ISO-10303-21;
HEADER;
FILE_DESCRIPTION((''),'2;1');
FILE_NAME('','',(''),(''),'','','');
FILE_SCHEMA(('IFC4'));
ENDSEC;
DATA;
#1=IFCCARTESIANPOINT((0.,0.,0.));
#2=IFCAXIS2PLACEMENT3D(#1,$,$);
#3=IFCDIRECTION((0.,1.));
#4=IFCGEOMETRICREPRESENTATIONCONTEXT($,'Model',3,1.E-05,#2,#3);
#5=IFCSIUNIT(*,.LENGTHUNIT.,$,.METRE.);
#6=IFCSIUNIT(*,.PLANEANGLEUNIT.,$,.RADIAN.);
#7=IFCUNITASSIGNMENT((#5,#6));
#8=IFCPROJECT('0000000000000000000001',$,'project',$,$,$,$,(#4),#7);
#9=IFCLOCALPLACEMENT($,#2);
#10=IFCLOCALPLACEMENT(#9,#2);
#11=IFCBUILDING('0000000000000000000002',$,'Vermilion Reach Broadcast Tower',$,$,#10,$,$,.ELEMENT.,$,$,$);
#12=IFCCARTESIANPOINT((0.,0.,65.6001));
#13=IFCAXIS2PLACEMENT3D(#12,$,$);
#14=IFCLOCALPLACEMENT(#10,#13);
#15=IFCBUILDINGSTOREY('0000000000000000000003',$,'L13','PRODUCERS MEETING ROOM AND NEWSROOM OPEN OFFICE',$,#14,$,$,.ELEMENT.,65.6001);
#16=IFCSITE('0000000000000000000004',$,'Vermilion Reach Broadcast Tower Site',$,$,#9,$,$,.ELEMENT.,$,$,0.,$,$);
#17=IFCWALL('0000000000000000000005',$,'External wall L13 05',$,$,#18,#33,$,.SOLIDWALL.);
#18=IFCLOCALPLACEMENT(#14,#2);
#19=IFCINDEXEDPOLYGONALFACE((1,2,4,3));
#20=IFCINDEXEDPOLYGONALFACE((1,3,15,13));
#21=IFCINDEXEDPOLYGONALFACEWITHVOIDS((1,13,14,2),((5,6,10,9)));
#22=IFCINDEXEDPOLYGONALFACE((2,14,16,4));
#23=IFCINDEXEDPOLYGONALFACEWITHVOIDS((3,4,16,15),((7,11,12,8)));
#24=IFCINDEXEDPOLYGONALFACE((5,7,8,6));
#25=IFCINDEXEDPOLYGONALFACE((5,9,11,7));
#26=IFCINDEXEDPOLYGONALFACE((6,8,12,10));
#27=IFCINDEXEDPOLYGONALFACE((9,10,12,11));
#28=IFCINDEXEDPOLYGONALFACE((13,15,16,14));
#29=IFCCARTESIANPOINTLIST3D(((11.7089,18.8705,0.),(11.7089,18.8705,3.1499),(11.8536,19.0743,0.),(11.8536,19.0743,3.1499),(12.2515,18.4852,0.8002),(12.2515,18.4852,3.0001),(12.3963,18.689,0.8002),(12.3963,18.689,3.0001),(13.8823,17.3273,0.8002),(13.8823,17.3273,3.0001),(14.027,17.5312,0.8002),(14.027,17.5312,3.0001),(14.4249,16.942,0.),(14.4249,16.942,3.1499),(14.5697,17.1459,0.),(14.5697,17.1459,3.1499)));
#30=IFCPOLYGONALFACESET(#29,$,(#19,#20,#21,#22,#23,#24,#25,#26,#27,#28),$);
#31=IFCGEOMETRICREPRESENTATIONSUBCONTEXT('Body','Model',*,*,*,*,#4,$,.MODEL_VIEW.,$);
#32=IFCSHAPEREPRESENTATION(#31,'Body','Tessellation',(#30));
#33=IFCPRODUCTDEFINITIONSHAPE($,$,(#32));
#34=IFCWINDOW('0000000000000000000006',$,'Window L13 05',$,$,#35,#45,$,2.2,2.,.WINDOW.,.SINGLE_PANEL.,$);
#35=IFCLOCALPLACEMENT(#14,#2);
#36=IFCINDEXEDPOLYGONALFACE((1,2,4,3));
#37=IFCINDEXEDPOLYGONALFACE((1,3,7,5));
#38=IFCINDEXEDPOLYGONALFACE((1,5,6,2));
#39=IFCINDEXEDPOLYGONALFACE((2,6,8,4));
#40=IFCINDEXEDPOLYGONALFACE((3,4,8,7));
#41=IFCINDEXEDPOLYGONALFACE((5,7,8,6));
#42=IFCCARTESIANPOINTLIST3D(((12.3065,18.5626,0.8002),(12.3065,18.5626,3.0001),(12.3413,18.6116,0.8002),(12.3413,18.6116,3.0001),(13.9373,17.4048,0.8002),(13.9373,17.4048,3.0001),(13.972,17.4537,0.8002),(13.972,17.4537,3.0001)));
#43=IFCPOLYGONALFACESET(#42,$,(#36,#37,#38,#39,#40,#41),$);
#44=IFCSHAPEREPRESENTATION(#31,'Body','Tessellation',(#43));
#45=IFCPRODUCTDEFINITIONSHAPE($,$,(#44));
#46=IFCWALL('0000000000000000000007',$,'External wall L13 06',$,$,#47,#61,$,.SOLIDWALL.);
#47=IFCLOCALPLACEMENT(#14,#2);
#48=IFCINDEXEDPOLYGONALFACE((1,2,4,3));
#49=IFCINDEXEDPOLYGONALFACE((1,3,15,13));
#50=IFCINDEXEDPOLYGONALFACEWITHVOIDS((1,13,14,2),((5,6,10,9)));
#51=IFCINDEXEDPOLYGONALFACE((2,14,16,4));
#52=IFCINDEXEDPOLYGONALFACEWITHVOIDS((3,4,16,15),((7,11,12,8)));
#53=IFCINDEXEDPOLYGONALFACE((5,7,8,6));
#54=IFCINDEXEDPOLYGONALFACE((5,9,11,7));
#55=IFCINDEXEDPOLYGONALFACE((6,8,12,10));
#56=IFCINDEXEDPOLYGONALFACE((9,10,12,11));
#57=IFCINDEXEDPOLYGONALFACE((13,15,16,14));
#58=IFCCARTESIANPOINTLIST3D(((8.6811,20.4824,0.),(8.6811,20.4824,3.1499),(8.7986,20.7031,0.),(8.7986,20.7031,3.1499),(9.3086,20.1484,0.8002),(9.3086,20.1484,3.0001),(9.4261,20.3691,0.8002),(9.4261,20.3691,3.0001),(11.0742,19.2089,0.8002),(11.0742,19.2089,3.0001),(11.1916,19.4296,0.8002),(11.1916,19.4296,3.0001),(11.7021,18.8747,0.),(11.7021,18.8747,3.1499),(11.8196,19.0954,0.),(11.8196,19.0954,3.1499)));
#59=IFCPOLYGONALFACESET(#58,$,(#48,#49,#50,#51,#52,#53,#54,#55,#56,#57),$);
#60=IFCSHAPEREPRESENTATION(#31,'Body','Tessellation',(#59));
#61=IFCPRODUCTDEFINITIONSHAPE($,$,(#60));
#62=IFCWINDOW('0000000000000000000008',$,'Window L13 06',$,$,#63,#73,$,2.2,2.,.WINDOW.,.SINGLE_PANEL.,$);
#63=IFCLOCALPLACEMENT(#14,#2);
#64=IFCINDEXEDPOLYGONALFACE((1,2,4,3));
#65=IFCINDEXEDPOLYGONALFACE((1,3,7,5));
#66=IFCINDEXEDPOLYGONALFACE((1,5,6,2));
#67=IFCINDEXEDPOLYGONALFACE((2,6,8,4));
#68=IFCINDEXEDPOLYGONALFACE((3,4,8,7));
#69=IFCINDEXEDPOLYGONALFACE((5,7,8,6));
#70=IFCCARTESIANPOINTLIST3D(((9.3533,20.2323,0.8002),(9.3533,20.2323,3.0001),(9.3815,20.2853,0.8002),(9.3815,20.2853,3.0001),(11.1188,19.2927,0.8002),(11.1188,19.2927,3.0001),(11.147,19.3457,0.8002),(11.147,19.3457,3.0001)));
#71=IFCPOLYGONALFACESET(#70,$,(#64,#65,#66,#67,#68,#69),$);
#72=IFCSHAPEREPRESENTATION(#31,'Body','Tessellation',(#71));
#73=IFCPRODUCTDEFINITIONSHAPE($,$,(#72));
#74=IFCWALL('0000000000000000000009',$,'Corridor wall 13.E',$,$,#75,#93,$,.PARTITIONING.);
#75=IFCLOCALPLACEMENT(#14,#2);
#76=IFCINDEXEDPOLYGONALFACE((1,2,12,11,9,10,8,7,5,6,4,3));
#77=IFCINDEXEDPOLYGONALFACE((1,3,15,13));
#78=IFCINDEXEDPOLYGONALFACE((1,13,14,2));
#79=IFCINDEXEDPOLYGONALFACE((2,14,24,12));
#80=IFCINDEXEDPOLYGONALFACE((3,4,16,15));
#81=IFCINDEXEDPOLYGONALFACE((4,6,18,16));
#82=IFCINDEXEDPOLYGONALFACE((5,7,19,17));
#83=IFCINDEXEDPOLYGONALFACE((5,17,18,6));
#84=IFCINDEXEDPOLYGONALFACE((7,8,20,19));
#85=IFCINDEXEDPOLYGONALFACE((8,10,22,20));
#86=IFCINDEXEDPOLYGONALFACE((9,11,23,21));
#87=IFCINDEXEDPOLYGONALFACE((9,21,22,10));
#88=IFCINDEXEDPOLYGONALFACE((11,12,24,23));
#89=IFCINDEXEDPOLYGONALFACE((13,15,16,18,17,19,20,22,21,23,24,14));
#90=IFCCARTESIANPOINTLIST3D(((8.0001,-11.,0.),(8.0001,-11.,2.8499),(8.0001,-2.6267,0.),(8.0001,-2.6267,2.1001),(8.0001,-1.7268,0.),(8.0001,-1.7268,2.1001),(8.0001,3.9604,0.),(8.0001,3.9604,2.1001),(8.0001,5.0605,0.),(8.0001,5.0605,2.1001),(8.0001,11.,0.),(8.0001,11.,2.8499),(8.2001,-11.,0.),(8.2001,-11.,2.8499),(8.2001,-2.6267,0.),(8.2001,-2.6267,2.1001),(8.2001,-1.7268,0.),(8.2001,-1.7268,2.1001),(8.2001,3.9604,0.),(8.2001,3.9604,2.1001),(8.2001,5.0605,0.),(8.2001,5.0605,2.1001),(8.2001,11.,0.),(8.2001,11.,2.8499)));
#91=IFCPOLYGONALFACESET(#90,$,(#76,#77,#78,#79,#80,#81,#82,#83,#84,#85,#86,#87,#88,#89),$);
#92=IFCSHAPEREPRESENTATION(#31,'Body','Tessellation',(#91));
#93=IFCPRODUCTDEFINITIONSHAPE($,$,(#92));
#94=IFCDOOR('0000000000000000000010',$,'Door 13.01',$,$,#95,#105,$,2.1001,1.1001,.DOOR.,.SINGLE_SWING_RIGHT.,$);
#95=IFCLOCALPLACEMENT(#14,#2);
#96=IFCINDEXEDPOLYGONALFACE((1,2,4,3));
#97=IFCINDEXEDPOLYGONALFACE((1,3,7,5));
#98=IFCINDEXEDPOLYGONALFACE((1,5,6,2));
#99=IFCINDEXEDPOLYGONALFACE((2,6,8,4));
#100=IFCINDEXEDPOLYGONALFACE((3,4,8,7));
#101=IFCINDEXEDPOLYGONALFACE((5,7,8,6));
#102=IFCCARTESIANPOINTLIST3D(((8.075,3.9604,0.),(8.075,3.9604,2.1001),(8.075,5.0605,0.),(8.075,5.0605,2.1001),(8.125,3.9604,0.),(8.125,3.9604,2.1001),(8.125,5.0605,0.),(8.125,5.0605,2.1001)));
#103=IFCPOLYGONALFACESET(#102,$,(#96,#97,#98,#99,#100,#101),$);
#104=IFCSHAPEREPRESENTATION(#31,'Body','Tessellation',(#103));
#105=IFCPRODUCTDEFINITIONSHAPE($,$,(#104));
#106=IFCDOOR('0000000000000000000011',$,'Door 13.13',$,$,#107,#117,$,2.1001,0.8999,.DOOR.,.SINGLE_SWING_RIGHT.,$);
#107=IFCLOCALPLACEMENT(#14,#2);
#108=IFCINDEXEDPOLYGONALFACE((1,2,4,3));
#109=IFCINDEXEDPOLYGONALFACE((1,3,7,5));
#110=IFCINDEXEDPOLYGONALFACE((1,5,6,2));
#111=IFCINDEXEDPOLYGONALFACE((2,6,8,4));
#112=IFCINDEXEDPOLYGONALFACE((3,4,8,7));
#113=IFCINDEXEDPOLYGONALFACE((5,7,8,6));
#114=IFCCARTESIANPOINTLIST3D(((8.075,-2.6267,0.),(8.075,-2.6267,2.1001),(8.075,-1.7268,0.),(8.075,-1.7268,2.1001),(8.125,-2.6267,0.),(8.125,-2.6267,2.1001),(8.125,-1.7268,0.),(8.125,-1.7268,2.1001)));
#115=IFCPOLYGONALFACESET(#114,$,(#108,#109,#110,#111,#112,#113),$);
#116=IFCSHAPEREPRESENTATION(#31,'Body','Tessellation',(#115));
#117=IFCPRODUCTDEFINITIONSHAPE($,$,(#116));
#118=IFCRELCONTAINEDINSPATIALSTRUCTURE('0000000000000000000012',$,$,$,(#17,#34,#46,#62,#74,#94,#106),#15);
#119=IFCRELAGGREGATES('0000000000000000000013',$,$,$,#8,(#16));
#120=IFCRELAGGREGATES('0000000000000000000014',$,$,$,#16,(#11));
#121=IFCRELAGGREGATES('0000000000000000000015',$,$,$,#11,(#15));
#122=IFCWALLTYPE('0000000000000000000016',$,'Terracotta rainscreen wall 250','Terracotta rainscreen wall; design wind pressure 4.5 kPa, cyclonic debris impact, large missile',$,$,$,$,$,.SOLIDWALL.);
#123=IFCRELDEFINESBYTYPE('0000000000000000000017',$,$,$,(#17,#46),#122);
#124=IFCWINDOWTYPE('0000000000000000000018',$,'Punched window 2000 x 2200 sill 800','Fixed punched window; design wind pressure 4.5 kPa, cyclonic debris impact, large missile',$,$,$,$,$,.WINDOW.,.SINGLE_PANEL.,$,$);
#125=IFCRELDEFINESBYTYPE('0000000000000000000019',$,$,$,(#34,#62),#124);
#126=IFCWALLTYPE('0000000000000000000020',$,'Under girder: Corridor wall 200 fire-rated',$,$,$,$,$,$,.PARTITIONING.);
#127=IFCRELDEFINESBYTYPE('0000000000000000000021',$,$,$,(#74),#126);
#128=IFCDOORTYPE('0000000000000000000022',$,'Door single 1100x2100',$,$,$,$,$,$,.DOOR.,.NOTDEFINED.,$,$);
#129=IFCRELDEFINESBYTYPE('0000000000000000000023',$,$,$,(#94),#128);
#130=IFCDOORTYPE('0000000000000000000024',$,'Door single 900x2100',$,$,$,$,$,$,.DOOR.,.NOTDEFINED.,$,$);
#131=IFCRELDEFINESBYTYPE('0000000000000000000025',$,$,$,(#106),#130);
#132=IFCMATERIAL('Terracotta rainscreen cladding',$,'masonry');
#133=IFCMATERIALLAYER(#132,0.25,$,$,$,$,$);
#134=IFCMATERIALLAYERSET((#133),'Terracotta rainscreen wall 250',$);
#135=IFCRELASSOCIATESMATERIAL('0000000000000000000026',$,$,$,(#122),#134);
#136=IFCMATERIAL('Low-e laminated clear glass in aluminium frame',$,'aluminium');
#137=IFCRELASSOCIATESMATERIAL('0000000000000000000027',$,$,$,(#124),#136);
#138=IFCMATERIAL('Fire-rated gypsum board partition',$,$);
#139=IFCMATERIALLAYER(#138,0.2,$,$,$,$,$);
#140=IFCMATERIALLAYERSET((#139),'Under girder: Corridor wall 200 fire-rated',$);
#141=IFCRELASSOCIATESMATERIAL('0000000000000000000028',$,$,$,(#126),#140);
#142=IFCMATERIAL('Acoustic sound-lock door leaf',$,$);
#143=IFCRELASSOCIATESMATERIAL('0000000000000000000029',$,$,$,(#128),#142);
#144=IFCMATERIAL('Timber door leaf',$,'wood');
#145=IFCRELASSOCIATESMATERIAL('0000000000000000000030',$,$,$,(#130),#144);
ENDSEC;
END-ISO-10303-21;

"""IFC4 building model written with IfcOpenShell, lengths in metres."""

from ifc_helpers import new_model, si_unit, direction, frame, frame_2d, origin, place, context, subcontext, project, spatial, rectangle, extrude, material, layer, layer_set, type_object, element, fill, save


model = new_model("IFC4")

# Units and contexts
model_context = context("Model", 3, precision=1e-05, world=origin(), true_north=direction((0.0, 1.0)))
body_context = subcontext(model_context, "Body", "Model", "MODEL_VIEW")
ifc_project = project(units=[si_unit("LENGTHUNIT", "METRE"), si_unit("PLANEANGLEUNIT", "RADIAN")], contexts=[model_context])

# Site, building, storey
site_placement = place(None, origin())
site = spatial("IfcSite", under=ifc_project, at=site_placement, Name="Vermilion Reach Broadcast Tower Site", CompositionType="ELEMENT", RefElevation=0.0)
building_placement = place(site_placement, origin())
building = spatial("IfcBuilding", under=site, at=building_placement, Name="Vermilion Reach Broadcast Tower", CompositionType="ELEMENT")
storey_placement = place(building_placement, frame((0.0, 0.0, 65.6001)))
storey = spatial("IfcBuildingStorey", under=building, at=storey_placement, Name="L13", Description="PRODUCERS MEETING ROOM AND NEWSROOM OPEN OFFICE", CompositionType="ELEMENT", Elevation=65.6001)

# Shared definitions
ifc_material_1 = material(Name="Terracotta rainscreen cladding", Category="masonry")
ifc_layer_1 = layer(ifc_material_1, 0.25)
ifc_layer_set_1 = layer_set([ifc_layer_1], Name="Terracotta rainscreen wall 250")
wall_type_1 = type_object("IfcWallType", Name="Terracotta rainscreen wall 250", Description="Terracotta rainscreen wall; design wind pressure 4.5 kPa, cyclonic debris impact, large missile", PredefinedType="SOLIDWALL", material=ifc_layer_set_1)

# Walls, openings, windows
ifc_material_2 = material(Name="Low-e laminated clear glass in aluminium frame", Category="aluminium")
window_type = type_object("IfcWindowType", Name="Punched window 2000 x 2200 sill 800", Description="Fixed punched window; design wind pressure 4.5 kPa, cyclonic debris impact, large missile", PartitioningType="SINGLE_PANEL", PredefinedType="WINDOW", material=ifc_material_2)
wall_1_placement = place(storey_placement, frame((14.4973, 17.0439, 0.0), z_axis=(0.0, 0.0, 1.0), x_axis=(-0.815374, 0.578934, 0.0)))
wall_1 = element("IfcWall", 1, at=wall_1_placement, inside=storey, type_object=wall_type_1, Name="External wall L13 05", PredefinedType="SOLIDWALL", context=body_context, shape_type="SweptSolid", body=[
    extrude(rectangle(XDim=3.3311, YDim=0.25, at=frame_2d((1.6655, 0.0))), origin(), (0.0, 0.0, 1.0), 3.1499),
])
opening_1_placement = place(wall_1_placement, frame((0.6655, 0.0, 0.8)))
opening_1 = element("IfcOpeningElement", 2, at=opening_1_placement, cuts=wall_1, PredefinedType="OPENING", context=body_context, shape_type="SweptSolid", body=[
    extrude(rectangle(XDim=2.0, YDim=2.2, at=frame_2d((1.0, 1.1001))), frame((0.0, 0.135, 0.0), z_axis=(0.0, -1.0, 0.0), x_axis=(1.0, 0.0, 0.0)), (0.0, 0.0, 1.0), 0.27),
])
window_1_placement = place(opening_1_placement, origin())
window_1 = element("IfcWindow", 3, at=window_1_placement, inside=storey, type_object=window_type, Name="Window L13 05", OverallHeight=2.2, OverallWidth=2.0, PartitioningType="SINGLE_PANEL", PredefinedType="WINDOW", context=body_context, shape_type="SweptSolid", body=[
    extrude(rectangle(XDim=2.0, YDim=2.2, at=frame_2d((1.0, 1.1001))), frame((0.0, 0.03, 0.0), z_axis=(0.0, -1.0, 0.0), x_axis=(1.0, 0.0, 0.0)), (0.0, 0.0, 1.0), 0.0601),
])
fill(opening_1, window_1)
wall_2_placement = place(storey_placement, frame((11.7607, 18.9851, 0.0), z_axis=(0.0, 0.0, 1.0), x_axis=(-0.882781, 0.469785, 0.0)))
wall_2 = element("IfcWall", 4, at=wall_2_placement, inside=storey, type_object=wall_type_1, Name="External wall L13 06", PredefinedType="SOLIDWALL", context=body_context, shape_type="SweptSolid", body=[
    extrude(rectangle(XDim=3.4221, YDim=0.25, at=frame_2d((1.7109, 0.0))), origin(), (0.0, 0.0, 1.0), 3.1499),
])
opening_2_placement = place(wall_2_placement, frame((0.7112, 0.0, 0.8)))
opening_2 = element("IfcOpeningElement", 5, at=opening_2_placement, cuts=wall_2, PredefinedType="OPENING", context=body_context, shape_type="SweptSolid", body=[
    extrude(rectangle(XDim=2.0, YDim=2.2, at=frame_2d((1.0, 1.1001))), frame((0.0, 0.135, 0.0), z_axis=(0.0, -1.0, 0.0), x_axis=(1.0, 0.0, 0.0)), (0.0, 0.0, 1.0), 0.27),
])
window_2_placement = place(opening_2_placement, origin())
window_2 = element("IfcWindow", 6, at=window_2_placement, inside=storey, type_object=window_type, Name="Window L13 06", OverallHeight=2.2, OverallWidth=2.0, PartitioningType="SINGLE_PANEL", PredefinedType="WINDOW", context=body_context, shape_type="SweptSolid", body=[
    extrude(rectangle(XDim=2.0, YDim=2.2, at=frame_2d((1.0, 1.1001))), frame((0.0, 0.03, 0.0), z_axis=(0.0, -1.0, 0.0), x_axis=(1.0, 0.0, 0.0)), (0.0, 0.0, 1.0), 0.0601),
])
fill(opening_2, window_2)

# Wall, openings, doors
ifc_material_3 = material(Name="Fire-rated gypsum board partition")
ifc_layer_2 = layer(ifc_material_3, 0.2)
ifc_layer_set_2 = layer_set([ifc_layer_2], Name="Under girder: Corridor wall 200 fire-rated")
wall_type_2 = type_object("IfcWallType", Name="Under girder: Corridor wall 200 fire-rated", PredefinedType="PARTITIONING", material=ifc_layer_set_2)
wall_3_placement = place(storey_placement, frame((8.1001, 11.0, 0.0), z_axis=(0.0, 0.0, 1.0), x_axis=(0.0, -1.0, 0.0)))
wall_3 = element("IfcWall", 7, at=wall_3_placement, inside=storey, type_object=wall_type_2, Name="Corridor wall 13.E", PredefinedType="PARTITIONING", context=body_context, shape_type="SweptSolid", body=[
    extrude(rectangle(XDim=22.0, YDim=0.2, at=frame_2d((11.0, 0.0))), origin(), (0.0, 0.0, 1.0), 2.8499),
])
opening_3_placement = place(wall_3_placement, frame((5.9395, 0.0, 0.0)))
opening_3 = element("IfcOpeningElement", 8, at=opening_3_placement, cuts=wall_3, PredefinedType="OPENING", context=body_context, shape_type="SweptSolid", body=[
    extrude(rectangle(XDim=1.1001, YDim=2.1001, at=frame_2d((0.55, 1.05))), frame((0.0, 0.1099, 0.0), z_axis=(0.0, -1.0, 0.0), x_axis=(1.0, 0.0, 0.0)), (0.0, 0.0, 1.0), 0.22),
])
opening_4_placement = place(wall_3_placement, frame((12.7268, 0.0, 0.0)))
opening_4 = element("IfcOpeningElement", 9, at=opening_4_placement, cuts=wall_3, PredefinedType="OPENING", context=body_context, shape_type="SweptSolid", body=[
    extrude(rectangle(XDim=0.8999, YDim=2.1001, at=frame_2d((0.45, 1.05))), frame((0.0, 0.1099, 0.0), z_axis=(0.0, -1.0, 0.0), x_axis=(1.0, 0.0, 0.0)), (0.0, 0.0, 1.0), 0.22),
])
ifc_material_4 = material(Name="Acoustic sound-lock door leaf")
door_type_1 = type_object("IfcDoorType", Name="Door single 1100x2100", OperationType="NOTDEFINED", PredefinedType="DOOR", material=ifc_material_4)
door_1_placement = place(opening_3_placement, origin())
door_1 = element("IfcDoor", 10, at=door_1_placement, inside=storey, type_object=door_type_1, Name="Door 13.01", OperationType="SINGLE_SWING_RIGHT", OverallHeight=2.1001, OverallWidth=1.1001, PredefinedType="DOOR", context=body_context, shape_type="SweptSolid", body=[
    extrude(rectangle(XDim=1.1001, YDim=2.1001, at=frame_2d((0.55, 1.05))), frame((0.0, 0.0249, 0.0), z_axis=(0.0, -1.0, 0.0), x_axis=(1.0, 0.0, 0.0)), (0.0, 0.0, 1.0), 0.05),
])
fill(opening_3, door_1)
ifc_material_5 = material(Name="Timber door leaf", Category="wood")
door_type_2 = type_object("IfcDoorType", Name="Door single 900x2100", OperationType="NOTDEFINED", PredefinedType="DOOR", material=ifc_material_5)
door_2_placement = place(opening_4_placement, origin())
door_2 = element("IfcDoor", 11, at=door_2_placement, inside=storey, type_object=door_type_2, Name="Door 13.13", OperationType="SINGLE_SWING_RIGHT", OverallHeight=2.1001, OverallWidth=0.8999, PredefinedType="DOOR", context=body_context, shape_type="SweptSolid", body=[
    extrude(rectangle(XDim=0.8999, YDim=2.1001, at=frame_2d((0.45, 1.05))), frame((0.0, 0.0249, 0.0), z_axis=(0.0, -1.0, 0.0), x_axis=(1.0, 0.0, 0.0)), (0.0, 0.0, 1.0), 0.05),
])
fill(opening_4, door_2)

save(model, "model.ifc")
